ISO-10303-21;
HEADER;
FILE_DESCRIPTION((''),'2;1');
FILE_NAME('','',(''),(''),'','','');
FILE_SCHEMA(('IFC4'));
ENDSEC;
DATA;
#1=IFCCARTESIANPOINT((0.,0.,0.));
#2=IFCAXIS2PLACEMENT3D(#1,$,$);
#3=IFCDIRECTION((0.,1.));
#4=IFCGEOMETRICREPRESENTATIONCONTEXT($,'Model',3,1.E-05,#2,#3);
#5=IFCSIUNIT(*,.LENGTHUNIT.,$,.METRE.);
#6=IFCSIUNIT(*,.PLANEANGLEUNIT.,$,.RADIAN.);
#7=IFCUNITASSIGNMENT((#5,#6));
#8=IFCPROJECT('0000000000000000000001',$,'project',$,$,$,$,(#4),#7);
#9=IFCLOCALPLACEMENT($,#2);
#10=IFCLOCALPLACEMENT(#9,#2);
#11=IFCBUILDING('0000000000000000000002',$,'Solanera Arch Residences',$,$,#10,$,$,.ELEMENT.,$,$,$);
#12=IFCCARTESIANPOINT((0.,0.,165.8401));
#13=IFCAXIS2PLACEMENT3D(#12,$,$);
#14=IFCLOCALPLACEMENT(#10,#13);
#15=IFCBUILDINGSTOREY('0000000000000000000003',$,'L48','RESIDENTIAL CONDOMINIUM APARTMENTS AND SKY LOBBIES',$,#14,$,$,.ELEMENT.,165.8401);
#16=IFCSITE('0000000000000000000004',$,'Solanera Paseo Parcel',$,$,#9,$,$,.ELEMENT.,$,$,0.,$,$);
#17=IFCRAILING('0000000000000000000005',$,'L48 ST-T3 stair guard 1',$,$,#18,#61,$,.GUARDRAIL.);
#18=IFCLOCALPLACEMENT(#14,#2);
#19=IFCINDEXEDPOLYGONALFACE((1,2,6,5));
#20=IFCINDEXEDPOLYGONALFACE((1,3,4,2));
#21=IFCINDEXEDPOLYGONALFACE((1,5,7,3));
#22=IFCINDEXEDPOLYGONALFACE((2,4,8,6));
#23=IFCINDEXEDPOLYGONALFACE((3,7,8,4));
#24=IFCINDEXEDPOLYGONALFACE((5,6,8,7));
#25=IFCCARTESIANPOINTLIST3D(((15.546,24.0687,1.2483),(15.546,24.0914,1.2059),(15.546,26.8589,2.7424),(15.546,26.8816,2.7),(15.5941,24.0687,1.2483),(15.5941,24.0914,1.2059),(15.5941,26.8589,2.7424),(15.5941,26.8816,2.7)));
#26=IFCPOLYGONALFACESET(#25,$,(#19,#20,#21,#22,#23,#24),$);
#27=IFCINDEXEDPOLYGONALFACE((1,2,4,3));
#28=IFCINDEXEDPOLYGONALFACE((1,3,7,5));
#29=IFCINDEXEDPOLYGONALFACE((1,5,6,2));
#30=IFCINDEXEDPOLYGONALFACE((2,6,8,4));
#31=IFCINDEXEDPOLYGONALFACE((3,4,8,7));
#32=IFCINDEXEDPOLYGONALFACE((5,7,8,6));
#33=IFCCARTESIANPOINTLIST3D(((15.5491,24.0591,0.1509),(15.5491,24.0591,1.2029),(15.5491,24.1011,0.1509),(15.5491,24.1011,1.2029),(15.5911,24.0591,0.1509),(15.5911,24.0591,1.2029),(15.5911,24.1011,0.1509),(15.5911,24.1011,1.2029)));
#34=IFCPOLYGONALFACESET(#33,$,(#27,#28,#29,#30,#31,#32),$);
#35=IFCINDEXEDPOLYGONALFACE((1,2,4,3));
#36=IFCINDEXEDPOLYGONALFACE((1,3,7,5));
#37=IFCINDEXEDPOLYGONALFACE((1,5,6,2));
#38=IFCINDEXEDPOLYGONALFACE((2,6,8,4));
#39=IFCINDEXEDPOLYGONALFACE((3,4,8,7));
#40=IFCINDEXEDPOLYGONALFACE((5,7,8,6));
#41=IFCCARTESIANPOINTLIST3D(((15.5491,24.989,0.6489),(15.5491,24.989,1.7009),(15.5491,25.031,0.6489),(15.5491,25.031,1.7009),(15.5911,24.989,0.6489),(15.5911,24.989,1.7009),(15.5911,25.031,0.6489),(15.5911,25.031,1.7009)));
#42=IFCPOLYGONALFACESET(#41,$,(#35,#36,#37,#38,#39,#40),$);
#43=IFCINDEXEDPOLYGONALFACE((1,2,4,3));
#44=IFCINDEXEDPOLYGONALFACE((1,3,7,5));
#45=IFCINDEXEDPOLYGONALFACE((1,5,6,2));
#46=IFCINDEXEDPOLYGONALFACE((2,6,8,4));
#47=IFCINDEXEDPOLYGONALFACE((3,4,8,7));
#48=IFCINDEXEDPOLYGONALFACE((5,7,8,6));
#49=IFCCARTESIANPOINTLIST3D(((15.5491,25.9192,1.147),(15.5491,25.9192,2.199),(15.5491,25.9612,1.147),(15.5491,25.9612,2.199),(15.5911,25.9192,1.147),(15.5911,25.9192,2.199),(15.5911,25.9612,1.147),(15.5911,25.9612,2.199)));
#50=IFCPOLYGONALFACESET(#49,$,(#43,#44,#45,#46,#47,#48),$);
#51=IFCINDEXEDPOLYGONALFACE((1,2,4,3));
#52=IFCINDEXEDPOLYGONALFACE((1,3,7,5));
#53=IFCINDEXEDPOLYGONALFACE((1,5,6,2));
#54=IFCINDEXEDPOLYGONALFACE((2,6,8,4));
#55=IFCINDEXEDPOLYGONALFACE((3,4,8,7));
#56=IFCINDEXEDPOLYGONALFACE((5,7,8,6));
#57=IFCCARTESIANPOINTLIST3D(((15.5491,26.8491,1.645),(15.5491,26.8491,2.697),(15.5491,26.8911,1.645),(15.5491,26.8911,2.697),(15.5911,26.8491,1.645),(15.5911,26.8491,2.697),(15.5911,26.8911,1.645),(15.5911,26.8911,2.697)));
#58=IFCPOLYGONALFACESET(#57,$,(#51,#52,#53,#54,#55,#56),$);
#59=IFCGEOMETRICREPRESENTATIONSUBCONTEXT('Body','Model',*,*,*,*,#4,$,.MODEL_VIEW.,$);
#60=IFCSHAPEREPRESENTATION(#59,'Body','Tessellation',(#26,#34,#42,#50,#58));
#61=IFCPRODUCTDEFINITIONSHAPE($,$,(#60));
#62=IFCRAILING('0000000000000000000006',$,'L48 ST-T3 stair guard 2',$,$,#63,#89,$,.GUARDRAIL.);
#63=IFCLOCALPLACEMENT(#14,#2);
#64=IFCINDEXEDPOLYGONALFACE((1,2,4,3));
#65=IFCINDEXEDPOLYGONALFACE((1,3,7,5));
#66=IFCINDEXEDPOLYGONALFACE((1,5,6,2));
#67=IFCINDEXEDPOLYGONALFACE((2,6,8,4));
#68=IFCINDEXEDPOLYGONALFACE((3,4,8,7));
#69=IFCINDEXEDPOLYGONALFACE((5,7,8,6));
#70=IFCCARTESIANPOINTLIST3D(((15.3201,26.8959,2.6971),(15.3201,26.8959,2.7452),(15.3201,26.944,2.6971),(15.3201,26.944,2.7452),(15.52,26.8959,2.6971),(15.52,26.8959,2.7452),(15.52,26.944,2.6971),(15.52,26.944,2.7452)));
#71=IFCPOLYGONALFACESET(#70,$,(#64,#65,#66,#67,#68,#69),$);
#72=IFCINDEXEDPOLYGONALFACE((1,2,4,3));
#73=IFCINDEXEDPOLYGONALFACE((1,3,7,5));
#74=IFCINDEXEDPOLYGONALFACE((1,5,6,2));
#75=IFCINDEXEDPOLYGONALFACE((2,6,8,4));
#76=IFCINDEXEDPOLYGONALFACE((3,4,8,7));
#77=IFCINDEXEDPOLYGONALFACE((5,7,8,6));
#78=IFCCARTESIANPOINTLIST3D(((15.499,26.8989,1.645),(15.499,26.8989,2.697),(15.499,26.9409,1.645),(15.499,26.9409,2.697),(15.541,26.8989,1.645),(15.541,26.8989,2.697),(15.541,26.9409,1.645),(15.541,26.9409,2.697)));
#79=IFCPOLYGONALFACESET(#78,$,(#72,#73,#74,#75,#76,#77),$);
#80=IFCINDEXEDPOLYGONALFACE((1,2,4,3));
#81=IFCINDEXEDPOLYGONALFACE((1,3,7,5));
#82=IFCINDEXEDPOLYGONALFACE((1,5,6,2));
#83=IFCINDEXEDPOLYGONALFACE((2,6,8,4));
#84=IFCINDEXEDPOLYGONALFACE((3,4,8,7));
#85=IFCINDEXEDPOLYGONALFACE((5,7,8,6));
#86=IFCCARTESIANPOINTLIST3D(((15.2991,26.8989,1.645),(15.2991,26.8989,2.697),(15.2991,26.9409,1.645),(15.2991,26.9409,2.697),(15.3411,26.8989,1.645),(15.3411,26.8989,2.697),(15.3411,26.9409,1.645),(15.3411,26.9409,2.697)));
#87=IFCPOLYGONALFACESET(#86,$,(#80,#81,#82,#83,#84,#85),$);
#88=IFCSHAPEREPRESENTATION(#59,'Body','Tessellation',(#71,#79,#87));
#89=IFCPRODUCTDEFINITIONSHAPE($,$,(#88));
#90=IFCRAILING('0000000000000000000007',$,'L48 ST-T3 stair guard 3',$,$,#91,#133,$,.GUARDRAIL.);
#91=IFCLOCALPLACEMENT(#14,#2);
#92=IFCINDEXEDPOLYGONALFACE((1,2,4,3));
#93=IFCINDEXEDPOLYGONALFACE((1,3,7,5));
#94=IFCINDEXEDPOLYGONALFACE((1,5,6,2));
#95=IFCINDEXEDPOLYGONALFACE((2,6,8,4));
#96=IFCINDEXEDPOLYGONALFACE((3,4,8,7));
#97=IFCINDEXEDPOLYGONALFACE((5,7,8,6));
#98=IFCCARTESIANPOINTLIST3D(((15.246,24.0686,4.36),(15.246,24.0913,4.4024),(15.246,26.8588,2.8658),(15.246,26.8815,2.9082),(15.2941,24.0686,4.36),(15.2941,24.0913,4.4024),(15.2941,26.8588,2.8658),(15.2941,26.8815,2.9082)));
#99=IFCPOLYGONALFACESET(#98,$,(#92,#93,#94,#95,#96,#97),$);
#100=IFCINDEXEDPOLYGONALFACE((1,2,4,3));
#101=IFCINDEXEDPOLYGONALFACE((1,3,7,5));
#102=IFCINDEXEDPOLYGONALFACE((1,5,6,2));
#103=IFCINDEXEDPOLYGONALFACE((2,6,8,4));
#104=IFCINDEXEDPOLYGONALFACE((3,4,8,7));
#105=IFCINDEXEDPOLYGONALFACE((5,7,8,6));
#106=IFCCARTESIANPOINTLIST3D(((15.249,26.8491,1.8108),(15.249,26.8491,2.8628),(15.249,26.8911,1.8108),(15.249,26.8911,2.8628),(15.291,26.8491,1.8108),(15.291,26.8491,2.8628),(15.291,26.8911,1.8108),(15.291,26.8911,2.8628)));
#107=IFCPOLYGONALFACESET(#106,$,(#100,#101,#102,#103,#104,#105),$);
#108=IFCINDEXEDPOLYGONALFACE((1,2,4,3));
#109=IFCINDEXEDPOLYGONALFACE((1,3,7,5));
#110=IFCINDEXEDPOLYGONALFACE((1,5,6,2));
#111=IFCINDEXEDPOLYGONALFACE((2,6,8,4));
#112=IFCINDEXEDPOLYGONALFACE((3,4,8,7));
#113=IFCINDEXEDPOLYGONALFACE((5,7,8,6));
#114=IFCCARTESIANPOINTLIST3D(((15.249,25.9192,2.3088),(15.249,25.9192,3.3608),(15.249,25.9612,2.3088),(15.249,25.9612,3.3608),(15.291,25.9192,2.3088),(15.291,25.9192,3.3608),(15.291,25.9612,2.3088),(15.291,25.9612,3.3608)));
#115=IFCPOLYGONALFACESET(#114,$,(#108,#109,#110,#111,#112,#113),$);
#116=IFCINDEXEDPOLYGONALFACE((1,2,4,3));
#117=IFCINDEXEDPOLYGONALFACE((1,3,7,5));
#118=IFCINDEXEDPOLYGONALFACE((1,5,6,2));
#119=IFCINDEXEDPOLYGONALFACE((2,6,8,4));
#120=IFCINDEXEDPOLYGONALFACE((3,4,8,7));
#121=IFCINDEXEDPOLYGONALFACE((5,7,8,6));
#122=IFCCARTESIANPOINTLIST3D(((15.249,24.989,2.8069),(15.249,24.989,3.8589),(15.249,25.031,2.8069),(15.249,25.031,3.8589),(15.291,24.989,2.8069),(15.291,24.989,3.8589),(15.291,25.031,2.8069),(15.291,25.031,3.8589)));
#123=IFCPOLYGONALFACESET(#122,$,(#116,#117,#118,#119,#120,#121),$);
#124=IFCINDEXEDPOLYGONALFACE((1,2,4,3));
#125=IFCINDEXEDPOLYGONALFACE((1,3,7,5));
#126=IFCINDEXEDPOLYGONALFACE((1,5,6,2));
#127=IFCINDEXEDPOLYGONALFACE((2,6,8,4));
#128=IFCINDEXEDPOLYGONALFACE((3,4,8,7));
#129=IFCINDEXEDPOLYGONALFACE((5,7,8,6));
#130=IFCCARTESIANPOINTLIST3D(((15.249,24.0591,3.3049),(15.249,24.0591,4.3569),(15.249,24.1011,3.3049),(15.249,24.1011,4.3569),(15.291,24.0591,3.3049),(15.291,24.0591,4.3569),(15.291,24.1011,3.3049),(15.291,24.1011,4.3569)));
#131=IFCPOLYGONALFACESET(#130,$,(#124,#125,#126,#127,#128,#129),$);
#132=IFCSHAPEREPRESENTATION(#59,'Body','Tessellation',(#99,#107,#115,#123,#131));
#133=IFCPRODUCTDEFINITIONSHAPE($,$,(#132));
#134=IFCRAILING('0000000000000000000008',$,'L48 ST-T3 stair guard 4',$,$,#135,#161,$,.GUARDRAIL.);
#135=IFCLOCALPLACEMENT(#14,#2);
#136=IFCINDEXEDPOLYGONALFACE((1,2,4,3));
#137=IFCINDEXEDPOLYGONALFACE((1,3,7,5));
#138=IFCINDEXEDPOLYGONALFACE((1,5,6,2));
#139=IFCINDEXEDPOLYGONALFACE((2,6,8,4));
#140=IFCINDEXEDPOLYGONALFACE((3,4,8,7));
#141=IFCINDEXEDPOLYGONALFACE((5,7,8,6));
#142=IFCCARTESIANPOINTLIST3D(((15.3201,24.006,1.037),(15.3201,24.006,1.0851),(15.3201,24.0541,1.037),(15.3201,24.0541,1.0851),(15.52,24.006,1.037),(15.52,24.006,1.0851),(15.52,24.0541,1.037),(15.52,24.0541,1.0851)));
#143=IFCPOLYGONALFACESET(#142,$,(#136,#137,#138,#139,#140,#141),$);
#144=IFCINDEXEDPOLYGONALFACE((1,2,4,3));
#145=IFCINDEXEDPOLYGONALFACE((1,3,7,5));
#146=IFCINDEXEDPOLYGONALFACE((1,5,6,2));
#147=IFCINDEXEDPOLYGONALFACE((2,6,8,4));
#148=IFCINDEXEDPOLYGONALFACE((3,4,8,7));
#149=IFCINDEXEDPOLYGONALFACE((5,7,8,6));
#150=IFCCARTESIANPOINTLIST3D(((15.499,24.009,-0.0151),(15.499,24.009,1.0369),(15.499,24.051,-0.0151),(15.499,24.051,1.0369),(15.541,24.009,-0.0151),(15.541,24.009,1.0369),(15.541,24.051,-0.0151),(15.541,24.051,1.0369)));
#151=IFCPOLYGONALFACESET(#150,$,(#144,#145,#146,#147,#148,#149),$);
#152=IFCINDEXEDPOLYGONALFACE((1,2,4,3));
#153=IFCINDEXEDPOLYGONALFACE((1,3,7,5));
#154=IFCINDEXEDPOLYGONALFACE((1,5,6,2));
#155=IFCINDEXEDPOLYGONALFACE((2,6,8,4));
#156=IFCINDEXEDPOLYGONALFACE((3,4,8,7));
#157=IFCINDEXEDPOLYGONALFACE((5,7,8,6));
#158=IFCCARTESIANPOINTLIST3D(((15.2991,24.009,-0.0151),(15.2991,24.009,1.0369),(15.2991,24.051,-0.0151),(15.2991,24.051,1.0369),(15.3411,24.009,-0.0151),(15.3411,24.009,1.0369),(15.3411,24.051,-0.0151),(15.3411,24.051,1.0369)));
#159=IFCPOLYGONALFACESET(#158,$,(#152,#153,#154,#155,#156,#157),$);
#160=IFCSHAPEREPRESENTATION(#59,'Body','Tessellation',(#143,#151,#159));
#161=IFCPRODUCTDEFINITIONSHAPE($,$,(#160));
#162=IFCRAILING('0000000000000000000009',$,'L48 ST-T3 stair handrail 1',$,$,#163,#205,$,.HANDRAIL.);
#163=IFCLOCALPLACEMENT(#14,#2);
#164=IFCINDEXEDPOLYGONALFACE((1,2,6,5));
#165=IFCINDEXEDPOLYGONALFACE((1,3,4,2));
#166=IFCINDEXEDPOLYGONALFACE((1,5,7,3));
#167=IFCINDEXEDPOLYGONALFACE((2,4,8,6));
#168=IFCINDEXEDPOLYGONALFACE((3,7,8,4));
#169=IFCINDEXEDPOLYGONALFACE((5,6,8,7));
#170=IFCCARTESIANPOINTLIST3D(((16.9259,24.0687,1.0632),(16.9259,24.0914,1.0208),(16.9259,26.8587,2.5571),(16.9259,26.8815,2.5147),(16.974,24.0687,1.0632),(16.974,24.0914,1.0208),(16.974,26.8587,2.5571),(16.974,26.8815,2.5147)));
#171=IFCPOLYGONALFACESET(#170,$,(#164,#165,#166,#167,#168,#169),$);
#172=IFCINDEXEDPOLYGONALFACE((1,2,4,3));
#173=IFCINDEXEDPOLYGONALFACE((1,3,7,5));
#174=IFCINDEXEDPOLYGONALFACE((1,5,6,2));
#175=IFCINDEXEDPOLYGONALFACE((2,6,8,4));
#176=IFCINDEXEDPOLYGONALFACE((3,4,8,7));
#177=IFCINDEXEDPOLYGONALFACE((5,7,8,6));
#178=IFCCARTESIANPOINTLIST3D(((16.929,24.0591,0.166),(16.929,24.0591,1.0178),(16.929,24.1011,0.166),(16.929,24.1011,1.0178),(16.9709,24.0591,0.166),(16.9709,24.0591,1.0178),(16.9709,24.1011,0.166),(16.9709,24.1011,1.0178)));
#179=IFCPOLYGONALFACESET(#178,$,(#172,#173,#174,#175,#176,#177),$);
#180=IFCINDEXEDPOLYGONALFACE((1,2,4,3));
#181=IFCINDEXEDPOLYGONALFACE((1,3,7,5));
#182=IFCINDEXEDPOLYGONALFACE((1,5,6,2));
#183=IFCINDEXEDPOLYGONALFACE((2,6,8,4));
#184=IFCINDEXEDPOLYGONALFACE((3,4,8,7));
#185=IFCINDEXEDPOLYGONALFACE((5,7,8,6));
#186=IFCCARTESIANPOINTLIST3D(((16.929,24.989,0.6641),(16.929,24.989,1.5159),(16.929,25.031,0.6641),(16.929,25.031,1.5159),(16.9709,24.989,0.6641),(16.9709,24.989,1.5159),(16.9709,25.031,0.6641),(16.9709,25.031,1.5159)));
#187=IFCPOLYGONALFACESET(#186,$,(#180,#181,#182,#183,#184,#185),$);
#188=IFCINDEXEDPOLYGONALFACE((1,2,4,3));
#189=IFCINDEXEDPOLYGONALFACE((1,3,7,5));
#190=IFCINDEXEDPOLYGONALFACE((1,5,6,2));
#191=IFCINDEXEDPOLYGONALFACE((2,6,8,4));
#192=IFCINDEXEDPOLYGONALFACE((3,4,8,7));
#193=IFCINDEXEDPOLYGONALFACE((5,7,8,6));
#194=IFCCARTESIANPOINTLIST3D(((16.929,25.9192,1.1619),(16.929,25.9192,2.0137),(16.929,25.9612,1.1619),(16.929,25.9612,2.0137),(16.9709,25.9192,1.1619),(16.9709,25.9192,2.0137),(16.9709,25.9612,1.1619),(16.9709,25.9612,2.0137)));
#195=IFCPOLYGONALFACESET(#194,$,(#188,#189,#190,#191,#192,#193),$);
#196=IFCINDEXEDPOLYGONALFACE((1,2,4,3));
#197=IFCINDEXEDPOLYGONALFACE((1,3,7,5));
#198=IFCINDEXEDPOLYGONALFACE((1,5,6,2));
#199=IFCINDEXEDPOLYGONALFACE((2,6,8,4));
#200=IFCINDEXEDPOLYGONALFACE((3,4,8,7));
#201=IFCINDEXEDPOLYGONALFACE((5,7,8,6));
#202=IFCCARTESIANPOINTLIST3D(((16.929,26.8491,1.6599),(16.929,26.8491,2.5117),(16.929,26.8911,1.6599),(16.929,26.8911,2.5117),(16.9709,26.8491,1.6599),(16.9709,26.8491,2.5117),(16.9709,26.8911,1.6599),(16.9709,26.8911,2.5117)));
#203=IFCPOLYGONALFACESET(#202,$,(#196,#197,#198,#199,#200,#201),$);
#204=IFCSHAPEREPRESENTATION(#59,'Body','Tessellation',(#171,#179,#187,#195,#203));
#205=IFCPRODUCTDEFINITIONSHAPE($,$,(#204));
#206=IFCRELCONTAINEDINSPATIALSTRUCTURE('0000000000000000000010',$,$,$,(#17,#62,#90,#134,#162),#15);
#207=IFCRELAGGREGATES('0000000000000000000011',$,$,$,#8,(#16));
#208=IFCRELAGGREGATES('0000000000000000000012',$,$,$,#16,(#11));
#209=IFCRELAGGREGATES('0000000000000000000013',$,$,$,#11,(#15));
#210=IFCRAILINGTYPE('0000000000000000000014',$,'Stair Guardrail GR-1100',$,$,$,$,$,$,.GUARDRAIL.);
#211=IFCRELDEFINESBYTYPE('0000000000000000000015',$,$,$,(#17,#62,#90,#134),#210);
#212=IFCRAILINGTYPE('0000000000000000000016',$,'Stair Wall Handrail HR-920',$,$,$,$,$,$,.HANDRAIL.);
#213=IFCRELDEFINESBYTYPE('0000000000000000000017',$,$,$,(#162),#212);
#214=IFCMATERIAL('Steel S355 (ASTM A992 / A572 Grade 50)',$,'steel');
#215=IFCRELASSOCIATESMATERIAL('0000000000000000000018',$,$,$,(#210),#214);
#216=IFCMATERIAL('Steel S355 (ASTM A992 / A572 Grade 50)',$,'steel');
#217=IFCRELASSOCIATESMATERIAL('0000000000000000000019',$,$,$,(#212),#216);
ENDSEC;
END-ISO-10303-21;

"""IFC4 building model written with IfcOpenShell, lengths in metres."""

from ifc_helpers import new_model, si_unit, direction, frame, origin, origin_2d, place, context, subcontext, project, spatial, rectangle, extrude, material, type_object, element, save


model = new_model("IFC4")

# Units and contexts
model_context = context("Model", 3, precision=1e-05, world=origin(), true_north=direction((0.0, 1.0)))
body_context = subcontext(model_context, "Body", "Model", "MODEL_VIEW")
ifc_project = project(units=[si_unit("LENGTHUNIT", "METRE"), si_unit("PLANEANGLEUNIT", "RADIAN")], contexts=[model_context])

# Site, building, storey
site_placement = place(None, origin())
site = spatial("IfcSite", under=ifc_project, at=site_placement, Name="Solanera Paseo Parcel", CompositionType="ELEMENT", RefElevation=0.0)
building_placement = place(site_placement, origin())
building = spatial("IfcBuilding", under=site, at=building_placement, Name="Solanera Arch Residences", CompositionType="ELEMENT")
storey_placement = place(building_placement, frame((0.0, 0.0, 165.8401)))
storey = spatial("IfcBuildingStorey", under=building, at=storey_placement, Name="L48", Description="RESIDENTIAL CONDOMINIUM APARTMENTS AND SKY LOBBIES", CompositionType="ELEMENT", Elevation=165.8401)

# Railings
ifc_material_1 = material(Name="Steel S355 (ASTM A992 / A572 Grade 50)", Category="steel")
railing_type_1 = type_object("IfcRailingType", Name="Stair Guardrail GR-1100", PredefinedType="GUARDRAIL", material=ifc_material_1)
railing_1_placement = place(storey_placement, frame((15.5701, 24.0801, 0.1509)))
element("IfcRailing", 1, at=railing_1_placement, inside=storey, type_object=railing_type_1, Name="L48 ST-T3 stair guard 1", PredefinedType="GUARDRAIL", context=body_context, shape_type="SweptSolid", body=[
    extrude(rectangle(XDim=0.0481, YDim=0.0481, at=origin_2d()), frame((0.0, 0.0, 1.0762), z_axis=(0.0, 0.881549, 0.472093), x_axis=(-1.0, 0.0, 0.0)), (0.0, 0.0, 1.0), 3.165),
    extrude(rectangle(XDim=0.042, YDim=0.042, at=origin_2d()), origin(), (0.0, 0.0, 1.0), 1.052),
    extrude(rectangle(XDim=0.042, YDim=0.042, at=origin_2d()), frame((0.0, 0.9299, 0.498)), (0.0, 0.0, 1.0), 1.052),
    extrude(rectangle(XDim=0.042, YDim=0.042, at=origin_2d()), frame((0.0, 1.8601, 0.9961)), (0.0, 0.0, 1.0), 1.052),
    extrude(rectangle(XDim=0.042, YDim=0.042, at=origin_2d()), frame((0.0, 2.79, 1.4941)), (0.0, 0.0, 1.0), 1.052),
])
railing_2_placement = place(storey_placement, frame((15.52, 26.9199, 1.645)))
element("IfcRailing", 2, at=railing_2_placement, inside=storey, type_object=railing_type_1, Name="L48 ST-T3 stair guard 2", PredefinedType="GUARDRAIL", context=body_context, shape_type="SweptSolid", body=[
    extrude(rectangle(XDim=0.0481, YDim=0.0481, at=origin_2d()), frame((0.0, 0.0, 1.0762), z_axis=(-1.0, 0.0, 0.0), x_axis=(0.0, -1.0, 0.0)), (0.0, 0.0, 1.0), 0.2),
    extrude(rectangle(XDim=0.042, YDim=0.042, at=origin_2d()), origin(), (0.0, 0.0, 1.0), 1.052),
    extrude(rectangle(XDim=0.042, YDim=0.042, at=origin_2d()), frame((-0.2, 0.0, 0.0)), (0.0, 0.0, 1.0), 1.052),
])
railing_3_placement = place(storey_placement, frame((15.27, 26.8701, 1.8108)))
element("IfcRailing", 3, at=railing_3_placement, inside=storey, type_object=railing_type_1, Name="L48 ST-T3 stair guard 3", PredefinedType="GUARDRAIL", context=body_context, shape_type="SweptSolid", body=[
    extrude(rectangle(XDim=0.0481, YDim=0.0481, at=origin_2d()), frame((0.0, 0.0, 1.0762), z_axis=(0.0, -0.881549, 0.472093), x_axis=(1.0, 0.0, 0.0)), (0.0, 0.0, 1.0), 3.165),
    extrude(rectangle(XDim=0.042, YDim=0.042, at=origin_2d()), origin(), (0.0, 0.0, 1.0), 1.052),
    extrude(rectangle(XDim=0.042, YDim=0.042, at=origin_2d()), frame((0.0, -0.9299, 0.498)), (0.0, 0.0, 1.0), 1.052),
    extrude(rectangle(XDim=0.042, YDim=0.042, at=origin_2d()), frame((0.0, -1.8601, 0.9961)), (0.0, 0.0, 1.0), 1.052),
    extrude(rectangle(XDim=0.042, YDim=0.042, at=origin_2d()), frame((0.0, -2.79, 1.4941)), (0.0, 0.0, 1.0), 1.052),
])
railing_4_placement = place(storey_placement, frame((15.52, 24.03, -0.0151)))
element("IfcRailing", 4, at=railing_4_placement, inside=storey, type_object=railing_type_1, Name="L48 ST-T3 stair guard 4", PredefinedType="GUARDRAIL", context=body_context, shape_type="SweptSolid", body=[
    extrude(rectangle(XDim=0.0481, YDim=0.0481, at=origin_2d()), frame((0.0, 0.0, 1.0762), z_axis=(-1.0, 0.0, 0.0), x_axis=(0.0, -1.0, 0.0)), (0.0, 0.0, 1.0), 0.2),
    extrude(rectangle(XDim=0.042, YDim=0.042, at=origin_2d()), origin(), (0.0, 0.0, 1.0), 1.052),
    extrude(rectangle(XDim=0.042, YDim=0.042, at=origin_2d()), frame((-0.2, 0.0, 0.0)), (0.0, 0.0, 1.0), 1.052),
])
ifc_material_2 = material(Name="Steel S355 (ASTM A992 / A572 Grade 50)", Category="steel")
railing_type_2 = type_object("IfcRailingType", Name="Stair Wall Handrail HR-920", PredefinedType="HANDRAIL", material=ifc_material_2)
railing_5_placement = place(storey_placement, frame((16.95, 24.0801, 0.166)))
element("IfcRailing", 5, at=railing_5_placement, inside=storey, type_object=railing_type_2, Name="L48 ST-T3 stair handrail 1", PredefinedType="HANDRAIL", context=body_context, shape_type="SweptSolid", body=[
    extrude(rectangle(XDim=0.0481, YDim=0.0481, at=origin_2d()), frame((0.0, 0.0, 0.876), z_axis=(0.0, 0.881581, 0.472033), x_axis=(-1.0, 0.0, 0.0)), (0.0, 0.0, 1.0), 3.1648),
    extrude(rectangle(XDim=0.042, YDim=0.042, at=origin_2d()), origin(), (0.0, 0.0, 1.0), 0.8518),
    extrude(rectangle(XDim=0.042, YDim=0.042, at=origin_2d()), frame((0.0, 0.9299, 0.498)), (0.0, 0.0, 1.0), 0.8518),
    extrude(rectangle(XDim=0.042, YDim=0.042, at=origin_2d()), frame((0.0, 1.8601, 0.9958)), (0.0, 0.0, 1.0), 0.8518),
    extrude(rectangle(XDim=0.042, YDim=0.042, at=origin_2d()), frame((0.0, 2.79, 1.4939)), (0.0, 0.0, 1.0), 0.8518),
])

save(model, "model.ifc")
